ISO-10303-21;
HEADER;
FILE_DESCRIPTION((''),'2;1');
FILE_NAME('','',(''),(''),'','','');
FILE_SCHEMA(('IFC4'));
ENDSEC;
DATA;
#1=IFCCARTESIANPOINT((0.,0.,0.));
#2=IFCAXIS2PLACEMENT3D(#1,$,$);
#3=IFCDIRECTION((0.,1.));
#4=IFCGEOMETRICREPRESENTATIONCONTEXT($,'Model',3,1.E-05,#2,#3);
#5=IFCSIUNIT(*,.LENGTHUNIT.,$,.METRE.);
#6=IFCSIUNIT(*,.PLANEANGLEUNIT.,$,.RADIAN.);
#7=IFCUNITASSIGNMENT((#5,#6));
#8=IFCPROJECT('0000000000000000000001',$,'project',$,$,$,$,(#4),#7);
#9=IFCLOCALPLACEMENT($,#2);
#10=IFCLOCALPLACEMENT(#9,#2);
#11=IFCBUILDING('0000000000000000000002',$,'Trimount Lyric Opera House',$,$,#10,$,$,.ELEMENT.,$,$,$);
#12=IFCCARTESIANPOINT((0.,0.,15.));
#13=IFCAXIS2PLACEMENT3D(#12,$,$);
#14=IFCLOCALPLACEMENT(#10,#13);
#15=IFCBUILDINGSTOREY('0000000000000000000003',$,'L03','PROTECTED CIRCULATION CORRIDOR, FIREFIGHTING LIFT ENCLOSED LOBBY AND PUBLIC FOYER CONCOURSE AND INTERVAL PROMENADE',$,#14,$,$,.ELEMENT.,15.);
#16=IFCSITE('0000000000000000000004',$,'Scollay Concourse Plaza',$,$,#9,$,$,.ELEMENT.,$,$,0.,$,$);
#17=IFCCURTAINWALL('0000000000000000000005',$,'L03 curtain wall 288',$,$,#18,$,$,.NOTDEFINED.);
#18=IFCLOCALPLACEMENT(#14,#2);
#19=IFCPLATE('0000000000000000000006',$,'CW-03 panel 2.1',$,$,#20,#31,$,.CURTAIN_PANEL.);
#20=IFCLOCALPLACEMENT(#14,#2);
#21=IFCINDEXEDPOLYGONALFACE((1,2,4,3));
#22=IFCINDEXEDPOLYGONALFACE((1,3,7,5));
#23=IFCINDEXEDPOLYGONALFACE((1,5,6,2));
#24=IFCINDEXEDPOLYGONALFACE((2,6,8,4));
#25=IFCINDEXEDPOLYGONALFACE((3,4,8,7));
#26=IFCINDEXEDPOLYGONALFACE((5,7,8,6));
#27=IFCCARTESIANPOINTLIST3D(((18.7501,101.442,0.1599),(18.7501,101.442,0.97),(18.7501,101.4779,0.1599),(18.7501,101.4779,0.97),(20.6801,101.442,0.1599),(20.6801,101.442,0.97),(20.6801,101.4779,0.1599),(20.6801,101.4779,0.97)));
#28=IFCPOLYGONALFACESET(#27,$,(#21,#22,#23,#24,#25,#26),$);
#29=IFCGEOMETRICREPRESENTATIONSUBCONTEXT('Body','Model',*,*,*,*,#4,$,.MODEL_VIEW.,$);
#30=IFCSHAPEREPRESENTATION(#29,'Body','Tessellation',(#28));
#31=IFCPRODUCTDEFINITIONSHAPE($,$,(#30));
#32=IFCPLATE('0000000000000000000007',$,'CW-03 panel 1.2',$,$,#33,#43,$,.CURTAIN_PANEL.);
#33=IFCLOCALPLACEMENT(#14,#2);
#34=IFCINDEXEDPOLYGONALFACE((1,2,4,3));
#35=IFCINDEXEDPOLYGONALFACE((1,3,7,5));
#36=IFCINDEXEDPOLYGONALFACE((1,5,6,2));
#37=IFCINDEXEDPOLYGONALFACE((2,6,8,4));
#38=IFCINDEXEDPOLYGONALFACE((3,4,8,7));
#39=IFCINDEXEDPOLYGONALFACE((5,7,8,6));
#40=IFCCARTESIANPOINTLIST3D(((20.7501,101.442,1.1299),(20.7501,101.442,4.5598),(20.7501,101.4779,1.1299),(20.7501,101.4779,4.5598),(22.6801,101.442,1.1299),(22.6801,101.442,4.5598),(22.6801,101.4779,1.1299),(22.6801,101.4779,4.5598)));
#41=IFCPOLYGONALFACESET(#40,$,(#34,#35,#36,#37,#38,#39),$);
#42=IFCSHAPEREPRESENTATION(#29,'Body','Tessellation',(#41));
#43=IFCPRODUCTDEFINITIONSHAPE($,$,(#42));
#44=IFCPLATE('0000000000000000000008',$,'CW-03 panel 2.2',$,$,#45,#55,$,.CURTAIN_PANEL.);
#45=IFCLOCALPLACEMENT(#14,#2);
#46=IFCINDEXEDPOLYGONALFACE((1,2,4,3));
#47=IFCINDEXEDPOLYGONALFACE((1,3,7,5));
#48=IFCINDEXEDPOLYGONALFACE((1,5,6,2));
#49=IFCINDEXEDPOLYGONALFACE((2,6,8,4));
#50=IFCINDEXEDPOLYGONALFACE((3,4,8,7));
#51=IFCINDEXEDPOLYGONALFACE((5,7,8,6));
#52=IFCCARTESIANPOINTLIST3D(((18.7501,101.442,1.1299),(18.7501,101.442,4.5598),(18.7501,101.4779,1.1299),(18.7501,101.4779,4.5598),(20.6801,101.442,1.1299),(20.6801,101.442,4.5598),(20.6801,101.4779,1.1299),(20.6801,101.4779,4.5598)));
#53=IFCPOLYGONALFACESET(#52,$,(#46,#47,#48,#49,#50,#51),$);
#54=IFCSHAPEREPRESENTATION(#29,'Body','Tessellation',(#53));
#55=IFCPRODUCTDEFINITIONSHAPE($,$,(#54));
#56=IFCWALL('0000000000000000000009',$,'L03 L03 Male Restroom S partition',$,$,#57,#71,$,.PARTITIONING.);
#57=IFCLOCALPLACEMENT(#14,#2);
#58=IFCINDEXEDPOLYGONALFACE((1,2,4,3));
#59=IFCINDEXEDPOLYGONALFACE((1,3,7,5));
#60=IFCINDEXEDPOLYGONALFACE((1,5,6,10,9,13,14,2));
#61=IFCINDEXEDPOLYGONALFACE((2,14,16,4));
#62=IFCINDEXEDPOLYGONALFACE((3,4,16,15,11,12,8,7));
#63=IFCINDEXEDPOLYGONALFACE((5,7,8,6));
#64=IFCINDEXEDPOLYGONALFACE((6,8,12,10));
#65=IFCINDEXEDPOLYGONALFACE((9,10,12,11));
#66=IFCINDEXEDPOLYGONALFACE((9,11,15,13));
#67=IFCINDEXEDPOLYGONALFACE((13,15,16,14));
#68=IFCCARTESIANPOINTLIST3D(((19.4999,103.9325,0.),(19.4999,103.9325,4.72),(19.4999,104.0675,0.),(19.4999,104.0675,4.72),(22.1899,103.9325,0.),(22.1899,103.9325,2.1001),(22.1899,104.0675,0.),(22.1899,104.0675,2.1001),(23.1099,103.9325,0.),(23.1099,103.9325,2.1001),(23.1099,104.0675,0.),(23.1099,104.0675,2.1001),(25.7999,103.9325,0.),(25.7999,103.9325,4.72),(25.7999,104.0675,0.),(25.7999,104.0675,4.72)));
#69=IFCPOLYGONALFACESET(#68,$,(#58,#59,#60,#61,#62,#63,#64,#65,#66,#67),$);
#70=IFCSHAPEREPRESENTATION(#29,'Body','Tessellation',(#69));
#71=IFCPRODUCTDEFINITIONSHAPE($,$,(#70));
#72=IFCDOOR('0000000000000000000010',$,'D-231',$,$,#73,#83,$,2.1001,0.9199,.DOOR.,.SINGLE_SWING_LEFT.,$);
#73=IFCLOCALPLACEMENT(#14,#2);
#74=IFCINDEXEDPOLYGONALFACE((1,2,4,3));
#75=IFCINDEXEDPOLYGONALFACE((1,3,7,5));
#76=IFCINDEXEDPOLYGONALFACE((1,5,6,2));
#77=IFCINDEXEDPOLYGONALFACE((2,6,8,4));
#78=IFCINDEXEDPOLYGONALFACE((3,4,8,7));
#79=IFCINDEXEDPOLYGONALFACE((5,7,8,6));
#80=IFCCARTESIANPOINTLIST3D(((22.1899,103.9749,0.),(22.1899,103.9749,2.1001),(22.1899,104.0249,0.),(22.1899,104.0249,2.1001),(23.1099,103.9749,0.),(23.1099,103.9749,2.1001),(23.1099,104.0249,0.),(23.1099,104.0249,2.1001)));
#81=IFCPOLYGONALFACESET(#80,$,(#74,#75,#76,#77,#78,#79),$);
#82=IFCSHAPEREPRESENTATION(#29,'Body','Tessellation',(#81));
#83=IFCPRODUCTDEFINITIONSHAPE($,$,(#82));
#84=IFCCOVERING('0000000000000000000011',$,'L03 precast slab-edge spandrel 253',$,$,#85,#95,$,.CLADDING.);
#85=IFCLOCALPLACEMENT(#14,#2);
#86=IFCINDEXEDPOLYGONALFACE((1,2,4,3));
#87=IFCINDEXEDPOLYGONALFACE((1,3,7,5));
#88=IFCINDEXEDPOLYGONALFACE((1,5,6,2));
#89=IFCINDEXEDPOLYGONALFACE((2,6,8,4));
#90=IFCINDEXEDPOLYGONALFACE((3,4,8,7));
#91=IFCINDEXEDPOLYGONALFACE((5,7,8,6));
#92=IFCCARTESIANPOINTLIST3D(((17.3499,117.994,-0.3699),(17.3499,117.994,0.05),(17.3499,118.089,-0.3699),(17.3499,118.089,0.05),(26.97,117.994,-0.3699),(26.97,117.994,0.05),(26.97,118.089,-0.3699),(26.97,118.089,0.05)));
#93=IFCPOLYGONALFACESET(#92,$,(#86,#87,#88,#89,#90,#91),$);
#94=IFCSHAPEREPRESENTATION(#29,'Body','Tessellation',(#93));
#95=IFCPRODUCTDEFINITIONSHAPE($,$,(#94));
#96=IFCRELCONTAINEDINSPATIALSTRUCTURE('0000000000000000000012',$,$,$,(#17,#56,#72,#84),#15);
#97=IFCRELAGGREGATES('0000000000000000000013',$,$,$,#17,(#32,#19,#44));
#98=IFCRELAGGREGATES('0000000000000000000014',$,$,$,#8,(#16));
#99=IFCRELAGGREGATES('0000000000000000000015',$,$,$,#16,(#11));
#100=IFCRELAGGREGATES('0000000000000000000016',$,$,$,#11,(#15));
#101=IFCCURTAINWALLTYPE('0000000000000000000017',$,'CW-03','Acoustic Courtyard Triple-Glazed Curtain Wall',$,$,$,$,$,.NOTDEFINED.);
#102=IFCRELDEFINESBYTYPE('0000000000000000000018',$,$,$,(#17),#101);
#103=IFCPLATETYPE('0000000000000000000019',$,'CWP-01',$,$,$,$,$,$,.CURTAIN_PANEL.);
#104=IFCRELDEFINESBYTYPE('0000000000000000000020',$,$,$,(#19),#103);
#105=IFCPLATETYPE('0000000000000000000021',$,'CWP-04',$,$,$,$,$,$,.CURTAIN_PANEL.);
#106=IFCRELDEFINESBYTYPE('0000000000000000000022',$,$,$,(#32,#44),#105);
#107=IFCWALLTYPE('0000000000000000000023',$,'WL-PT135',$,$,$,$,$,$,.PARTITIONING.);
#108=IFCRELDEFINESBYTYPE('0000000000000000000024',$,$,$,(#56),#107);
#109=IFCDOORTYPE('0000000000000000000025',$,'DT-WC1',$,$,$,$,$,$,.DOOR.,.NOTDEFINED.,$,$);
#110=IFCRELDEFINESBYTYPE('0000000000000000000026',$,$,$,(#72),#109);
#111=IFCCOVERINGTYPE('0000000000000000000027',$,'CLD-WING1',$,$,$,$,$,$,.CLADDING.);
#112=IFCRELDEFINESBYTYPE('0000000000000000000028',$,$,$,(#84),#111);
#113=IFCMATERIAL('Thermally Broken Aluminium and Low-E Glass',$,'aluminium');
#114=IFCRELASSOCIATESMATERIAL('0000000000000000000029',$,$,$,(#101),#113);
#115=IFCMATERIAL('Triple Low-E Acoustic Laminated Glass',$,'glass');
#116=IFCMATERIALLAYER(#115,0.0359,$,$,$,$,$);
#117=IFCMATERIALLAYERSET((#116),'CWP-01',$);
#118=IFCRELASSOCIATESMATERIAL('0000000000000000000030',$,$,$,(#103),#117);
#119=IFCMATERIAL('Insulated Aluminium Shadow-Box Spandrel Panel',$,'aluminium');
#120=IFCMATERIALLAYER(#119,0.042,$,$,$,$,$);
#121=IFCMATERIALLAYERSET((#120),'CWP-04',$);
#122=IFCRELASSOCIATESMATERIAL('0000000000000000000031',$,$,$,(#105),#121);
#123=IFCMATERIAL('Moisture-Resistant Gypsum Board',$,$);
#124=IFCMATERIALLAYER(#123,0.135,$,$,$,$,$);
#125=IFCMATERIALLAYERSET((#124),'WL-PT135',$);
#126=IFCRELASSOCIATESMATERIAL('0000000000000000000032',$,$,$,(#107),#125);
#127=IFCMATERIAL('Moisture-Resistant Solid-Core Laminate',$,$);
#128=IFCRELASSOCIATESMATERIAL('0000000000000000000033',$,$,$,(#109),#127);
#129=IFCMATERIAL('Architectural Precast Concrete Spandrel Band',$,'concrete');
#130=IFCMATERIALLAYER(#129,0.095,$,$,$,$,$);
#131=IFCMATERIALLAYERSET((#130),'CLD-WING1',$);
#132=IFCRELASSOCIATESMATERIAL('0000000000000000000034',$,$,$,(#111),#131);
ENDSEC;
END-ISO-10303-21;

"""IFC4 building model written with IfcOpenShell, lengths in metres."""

from ifc_helpers import new_model, si_unit, direction, frame, frame_2d, origin, origin_2d, place, context, subcontext, project, spatial, rectangle, extrude, material, layer, layer_set, type_object, element, fill, aggregate, save


model = new_model("IFC4")

# Units and contexts
model_context = context("Model", 3, precision=1e-05, world=origin(), true_north=direction((0.0, 1.0)))
body_context = subcontext(model_context, "Body", "Model", "MODEL_VIEW")
ifc_project = project(units=[si_unit("LENGTHUNIT", "METRE"), si_unit("PLANEANGLEUNIT", "RADIAN")], contexts=[model_context])

# Site, building, storey
site_placement = place(None, origin())
site = spatial("IfcSite", under=ifc_project, at=site_placement, Name="Scollay Concourse Plaza", CompositionType="ELEMENT", RefElevation=0.0)
building_placement = place(site_placement, origin())
building = spatial("IfcBuilding", under=site, at=building_placement, Name="Trimount Lyric Opera House", CompositionType="ELEMENT")
storey_placement = place(building_placement, frame((0.0, 0.0, 15.0)))
storey = spatial("IfcBuildingStorey", under=building, at=storey_placement, Name="L03", Description="PROTECTED CIRCULATION CORRIDOR, FIREFIGHTING LIFT ENCLOSED LOBBY AND PUBLIC FOYER CONCOURSE AND INTERVAL PROMENADE", CompositionType="ELEMENT", Elevation=15.0)

# Curtain wall
ifc_material_1 = material(Name="Thermally Broken Aluminium and Low-E Glass", Category="aluminium")
curtain_wall_type = type_object("IfcCurtainWallType", Name="CW-03", Description="Acoustic Courtyard Triple-Glazed Curtain Wall", PredefinedType="NOTDEFINED", material=ifc_material_1)
curtain_wall_1_placement = place(storey_placement, origin())
curtain_wall_1 = element("IfcCurtainWall", 1, at=curtain_wall_1_placement, inside=storey, type_object=curtain_wall_type, Name="L03 curtain wall 288", PredefinedType="NOTDEFINED")

# Plates
ifc_material_2 = material(Name="Triple Low-E Acoustic Laminated Glass", Category="glass")
ifc_layer_1 = layer(ifc_material_2, 0.0359)
ifc_layer_set_1 = layer_set([ifc_layer_1], Name="CWP-01")
plate_type_1 = type_object("IfcPlateType", Name="CWP-01", PredefinedType="CURTAIN_PANEL", material=ifc_layer_set_1)
plate_1_placement = place(storey_placement, frame((19.7151, 101.46, 0.1599), z_axis=(0.0, 0.0, 1.0), x_axis=(-1.0, 0.0, 0.0)))
plate_1 = element("IfcPlate", 2, at=plate_1_placement, type_object=plate_type_1, Name="CW-03 panel 2.1", PredefinedType="CURTAIN_PANEL", context=body_context, shape_type="SweptSolid", body=[
    extrude(rectangle(XDim=1.9299, YDim=0.0359, at=origin_2d()), origin(), (0.0, 0.0, 1.0), 0.8101),
])
ifc_material_3 = material(Name="Insulated Aluminium Shadow-Box Spandrel Panel", Category="aluminium")
ifc_layer_2 = layer(ifc_material_3, 0.042)
ifc_layer_set_2 = layer_set([ifc_layer_2], Name="CWP-04")
plate_type_2 = type_object("IfcPlateType", Name="CWP-04", PredefinedType="CURTAIN_PANEL", material=ifc_layer_set_2)
plate_2_placement = place(storey_placement, frame((21.7151, 101.46, 1.1299), z_axis=(0.0, 0.0, 1.0), x_axis=(-1.0, 0.0, 0.0)))
plate_2 = element("IfcPlate", 3, at=plate_2_placement, type_object=plate_type_2, Name="CW-03 panel 1.2", PredefinedType="CURTAIN_PANEL", context=body_context, shape_type="SweptSolid", body=[
    extrude(rectangle(XDim=1.9299, YDim=0.0359, at=origin_2d()), origin(), (0.0, 0.0, 1.0), 3.4299),
])
plate_3_placement = place(storey_placement, frame((19.7151, 101.46, 1.1299), z_axis=(0.0, 0.0, 1.0), x_axis=(-1.0, 0.0, 0.0)))
plate_3 = element("IfcPlate", 4, at=plate_3_placement, type_object=plate_type_2, Name="CW-03 panel 2.2", PredefinedType="CURTAIN_PANEL", context=body_context, shape_type="SweptSolid", body=[
    extrude(rectangle(XDim=1.9299, YDim=0.0359, at=origin_2d()), origin(), (0.0, 0.0, 1.0), 3.4299),
])
aggregate(curtain_wall_1, [plate_2, plate_1, plate_3])

# Wall, opening, door
ifc_material_4 = material(Name="Moisture-Resistant Gypsum Board")
ifc_layer_3 = layer(ifc_material_4, 0.135)
ifc_layer_set_3 = layer_set([ifc_layer_3], Name="WL-PT135")
wall_type = type_object("IfcWallType", Name="WL-PT135", PredefinedType="PARTITIONING", material=ifc_layer_set_3)
wall_1_placement = place(storey_placement, frame((19.5, 104.0, 0.0), z_axis=(0.0, 0.0, 1.0), x_axis=(1.0, 0.0, 0.0)))
wall_1 = element("IfcWall", 5, at=wall_1_placement, inside=storey, type_object=wall_type, Name="L03 L03 Male Restroom S partition", PredefinedType="PARTITIONING", context=body_context, shape_type="SweptSolid", body=[
    extrude(rectangle(XDim=6.3, YDim=0.135, at=frame_2d((3.1499, 0.0))), origin(), (0.0, 0.0, 1.0), 4.72),
])
opening_placement = place(wall_1_placement, frame((2.6899, 0.0, 0.0)))
opening = element("IfcOpeningElement", 6, at=opening_placement, cuts=wall_1, PredefinedType="OPENING", context=body_context, shape_type="SweptSolid", body=[
    extrude(rectangle(XDim=0.9199, YDim=2.1001, at=frame_2d((0.46, 1.05))), frame((0.0, 0.0776, 0.0), z_axis=(0.0, -1.0, 0.0), x_axis=(1.0, 0.0, 0.0)), (0.0, 0.0, 1.0), 0.155),
])
ifc_material_5 = material(Name="Moisture-Resistant Solid-Core Laminate")
door_type = type_object("IfcDoorType", Name="DT-WC1", OperationType="NOTDEFINED", PredefinedType="DOOR", material=ifc_material_5)
door_placement = place(opening_placement, origin())
door = element("IfcDoor", 7, at=door_placement, inside=storey, type_object=door_type, Name="D-231", OperationType="SINGLE_SWING_LEFT", OverallHeight=2.1001, OverallWidth=0.9199, PredefinedType="DOOR", context=body_context, shape_type="SweptSolid", body=[
    extrude(rectangle(XDim=0.9199, YDim=2.1001, at=frame_2d((0.46, 1.05))), frame((0.0, 0.0249, 0.0), z_axis=(0.0, -1.0, 0.0), x_axis=(1.0, 0.0, 0.0)), (0.0, 0.0, 1.0), 0.05),
])
fill(opening, door)

# Covering
ifc_material_6 = material(Name="Architectural Precast Concrete Spandrel Band", Category="concrete")
ifc_layer_4 = layer(ifc_material_6, 0.095)
ifc_layer_set_4 = layer_set([ifc_layer_4], Name="CLD-WING1")
covering_type = type_object("IfcCoveringType", Name="CLD-WING1", PredefinedType="CLADDING", material=ifc_layer_set_4)
covering_placement = place(storey_placement, frame((22.1599, 118.0415, -0.3699), z_axis=(0.0, 0.0, 1.0), x_axis=(1.0, 0.0, 0.0)))
element("IfcCovering", 8, at=covering_placement, inside=storey, type_object=covering_type, Name="L03 precast slab-edge spandrel 253", PredefinedType="CLADDING", context=body_context, shape_type="SweptSolid", body=[
    extrude(rectangle(XDim=9.6201, YDim=0.095, at=origin_2d()), origin(), (0.0, 0.0, 1.0), 0.4199),
])

save(model, "model.ifc")
